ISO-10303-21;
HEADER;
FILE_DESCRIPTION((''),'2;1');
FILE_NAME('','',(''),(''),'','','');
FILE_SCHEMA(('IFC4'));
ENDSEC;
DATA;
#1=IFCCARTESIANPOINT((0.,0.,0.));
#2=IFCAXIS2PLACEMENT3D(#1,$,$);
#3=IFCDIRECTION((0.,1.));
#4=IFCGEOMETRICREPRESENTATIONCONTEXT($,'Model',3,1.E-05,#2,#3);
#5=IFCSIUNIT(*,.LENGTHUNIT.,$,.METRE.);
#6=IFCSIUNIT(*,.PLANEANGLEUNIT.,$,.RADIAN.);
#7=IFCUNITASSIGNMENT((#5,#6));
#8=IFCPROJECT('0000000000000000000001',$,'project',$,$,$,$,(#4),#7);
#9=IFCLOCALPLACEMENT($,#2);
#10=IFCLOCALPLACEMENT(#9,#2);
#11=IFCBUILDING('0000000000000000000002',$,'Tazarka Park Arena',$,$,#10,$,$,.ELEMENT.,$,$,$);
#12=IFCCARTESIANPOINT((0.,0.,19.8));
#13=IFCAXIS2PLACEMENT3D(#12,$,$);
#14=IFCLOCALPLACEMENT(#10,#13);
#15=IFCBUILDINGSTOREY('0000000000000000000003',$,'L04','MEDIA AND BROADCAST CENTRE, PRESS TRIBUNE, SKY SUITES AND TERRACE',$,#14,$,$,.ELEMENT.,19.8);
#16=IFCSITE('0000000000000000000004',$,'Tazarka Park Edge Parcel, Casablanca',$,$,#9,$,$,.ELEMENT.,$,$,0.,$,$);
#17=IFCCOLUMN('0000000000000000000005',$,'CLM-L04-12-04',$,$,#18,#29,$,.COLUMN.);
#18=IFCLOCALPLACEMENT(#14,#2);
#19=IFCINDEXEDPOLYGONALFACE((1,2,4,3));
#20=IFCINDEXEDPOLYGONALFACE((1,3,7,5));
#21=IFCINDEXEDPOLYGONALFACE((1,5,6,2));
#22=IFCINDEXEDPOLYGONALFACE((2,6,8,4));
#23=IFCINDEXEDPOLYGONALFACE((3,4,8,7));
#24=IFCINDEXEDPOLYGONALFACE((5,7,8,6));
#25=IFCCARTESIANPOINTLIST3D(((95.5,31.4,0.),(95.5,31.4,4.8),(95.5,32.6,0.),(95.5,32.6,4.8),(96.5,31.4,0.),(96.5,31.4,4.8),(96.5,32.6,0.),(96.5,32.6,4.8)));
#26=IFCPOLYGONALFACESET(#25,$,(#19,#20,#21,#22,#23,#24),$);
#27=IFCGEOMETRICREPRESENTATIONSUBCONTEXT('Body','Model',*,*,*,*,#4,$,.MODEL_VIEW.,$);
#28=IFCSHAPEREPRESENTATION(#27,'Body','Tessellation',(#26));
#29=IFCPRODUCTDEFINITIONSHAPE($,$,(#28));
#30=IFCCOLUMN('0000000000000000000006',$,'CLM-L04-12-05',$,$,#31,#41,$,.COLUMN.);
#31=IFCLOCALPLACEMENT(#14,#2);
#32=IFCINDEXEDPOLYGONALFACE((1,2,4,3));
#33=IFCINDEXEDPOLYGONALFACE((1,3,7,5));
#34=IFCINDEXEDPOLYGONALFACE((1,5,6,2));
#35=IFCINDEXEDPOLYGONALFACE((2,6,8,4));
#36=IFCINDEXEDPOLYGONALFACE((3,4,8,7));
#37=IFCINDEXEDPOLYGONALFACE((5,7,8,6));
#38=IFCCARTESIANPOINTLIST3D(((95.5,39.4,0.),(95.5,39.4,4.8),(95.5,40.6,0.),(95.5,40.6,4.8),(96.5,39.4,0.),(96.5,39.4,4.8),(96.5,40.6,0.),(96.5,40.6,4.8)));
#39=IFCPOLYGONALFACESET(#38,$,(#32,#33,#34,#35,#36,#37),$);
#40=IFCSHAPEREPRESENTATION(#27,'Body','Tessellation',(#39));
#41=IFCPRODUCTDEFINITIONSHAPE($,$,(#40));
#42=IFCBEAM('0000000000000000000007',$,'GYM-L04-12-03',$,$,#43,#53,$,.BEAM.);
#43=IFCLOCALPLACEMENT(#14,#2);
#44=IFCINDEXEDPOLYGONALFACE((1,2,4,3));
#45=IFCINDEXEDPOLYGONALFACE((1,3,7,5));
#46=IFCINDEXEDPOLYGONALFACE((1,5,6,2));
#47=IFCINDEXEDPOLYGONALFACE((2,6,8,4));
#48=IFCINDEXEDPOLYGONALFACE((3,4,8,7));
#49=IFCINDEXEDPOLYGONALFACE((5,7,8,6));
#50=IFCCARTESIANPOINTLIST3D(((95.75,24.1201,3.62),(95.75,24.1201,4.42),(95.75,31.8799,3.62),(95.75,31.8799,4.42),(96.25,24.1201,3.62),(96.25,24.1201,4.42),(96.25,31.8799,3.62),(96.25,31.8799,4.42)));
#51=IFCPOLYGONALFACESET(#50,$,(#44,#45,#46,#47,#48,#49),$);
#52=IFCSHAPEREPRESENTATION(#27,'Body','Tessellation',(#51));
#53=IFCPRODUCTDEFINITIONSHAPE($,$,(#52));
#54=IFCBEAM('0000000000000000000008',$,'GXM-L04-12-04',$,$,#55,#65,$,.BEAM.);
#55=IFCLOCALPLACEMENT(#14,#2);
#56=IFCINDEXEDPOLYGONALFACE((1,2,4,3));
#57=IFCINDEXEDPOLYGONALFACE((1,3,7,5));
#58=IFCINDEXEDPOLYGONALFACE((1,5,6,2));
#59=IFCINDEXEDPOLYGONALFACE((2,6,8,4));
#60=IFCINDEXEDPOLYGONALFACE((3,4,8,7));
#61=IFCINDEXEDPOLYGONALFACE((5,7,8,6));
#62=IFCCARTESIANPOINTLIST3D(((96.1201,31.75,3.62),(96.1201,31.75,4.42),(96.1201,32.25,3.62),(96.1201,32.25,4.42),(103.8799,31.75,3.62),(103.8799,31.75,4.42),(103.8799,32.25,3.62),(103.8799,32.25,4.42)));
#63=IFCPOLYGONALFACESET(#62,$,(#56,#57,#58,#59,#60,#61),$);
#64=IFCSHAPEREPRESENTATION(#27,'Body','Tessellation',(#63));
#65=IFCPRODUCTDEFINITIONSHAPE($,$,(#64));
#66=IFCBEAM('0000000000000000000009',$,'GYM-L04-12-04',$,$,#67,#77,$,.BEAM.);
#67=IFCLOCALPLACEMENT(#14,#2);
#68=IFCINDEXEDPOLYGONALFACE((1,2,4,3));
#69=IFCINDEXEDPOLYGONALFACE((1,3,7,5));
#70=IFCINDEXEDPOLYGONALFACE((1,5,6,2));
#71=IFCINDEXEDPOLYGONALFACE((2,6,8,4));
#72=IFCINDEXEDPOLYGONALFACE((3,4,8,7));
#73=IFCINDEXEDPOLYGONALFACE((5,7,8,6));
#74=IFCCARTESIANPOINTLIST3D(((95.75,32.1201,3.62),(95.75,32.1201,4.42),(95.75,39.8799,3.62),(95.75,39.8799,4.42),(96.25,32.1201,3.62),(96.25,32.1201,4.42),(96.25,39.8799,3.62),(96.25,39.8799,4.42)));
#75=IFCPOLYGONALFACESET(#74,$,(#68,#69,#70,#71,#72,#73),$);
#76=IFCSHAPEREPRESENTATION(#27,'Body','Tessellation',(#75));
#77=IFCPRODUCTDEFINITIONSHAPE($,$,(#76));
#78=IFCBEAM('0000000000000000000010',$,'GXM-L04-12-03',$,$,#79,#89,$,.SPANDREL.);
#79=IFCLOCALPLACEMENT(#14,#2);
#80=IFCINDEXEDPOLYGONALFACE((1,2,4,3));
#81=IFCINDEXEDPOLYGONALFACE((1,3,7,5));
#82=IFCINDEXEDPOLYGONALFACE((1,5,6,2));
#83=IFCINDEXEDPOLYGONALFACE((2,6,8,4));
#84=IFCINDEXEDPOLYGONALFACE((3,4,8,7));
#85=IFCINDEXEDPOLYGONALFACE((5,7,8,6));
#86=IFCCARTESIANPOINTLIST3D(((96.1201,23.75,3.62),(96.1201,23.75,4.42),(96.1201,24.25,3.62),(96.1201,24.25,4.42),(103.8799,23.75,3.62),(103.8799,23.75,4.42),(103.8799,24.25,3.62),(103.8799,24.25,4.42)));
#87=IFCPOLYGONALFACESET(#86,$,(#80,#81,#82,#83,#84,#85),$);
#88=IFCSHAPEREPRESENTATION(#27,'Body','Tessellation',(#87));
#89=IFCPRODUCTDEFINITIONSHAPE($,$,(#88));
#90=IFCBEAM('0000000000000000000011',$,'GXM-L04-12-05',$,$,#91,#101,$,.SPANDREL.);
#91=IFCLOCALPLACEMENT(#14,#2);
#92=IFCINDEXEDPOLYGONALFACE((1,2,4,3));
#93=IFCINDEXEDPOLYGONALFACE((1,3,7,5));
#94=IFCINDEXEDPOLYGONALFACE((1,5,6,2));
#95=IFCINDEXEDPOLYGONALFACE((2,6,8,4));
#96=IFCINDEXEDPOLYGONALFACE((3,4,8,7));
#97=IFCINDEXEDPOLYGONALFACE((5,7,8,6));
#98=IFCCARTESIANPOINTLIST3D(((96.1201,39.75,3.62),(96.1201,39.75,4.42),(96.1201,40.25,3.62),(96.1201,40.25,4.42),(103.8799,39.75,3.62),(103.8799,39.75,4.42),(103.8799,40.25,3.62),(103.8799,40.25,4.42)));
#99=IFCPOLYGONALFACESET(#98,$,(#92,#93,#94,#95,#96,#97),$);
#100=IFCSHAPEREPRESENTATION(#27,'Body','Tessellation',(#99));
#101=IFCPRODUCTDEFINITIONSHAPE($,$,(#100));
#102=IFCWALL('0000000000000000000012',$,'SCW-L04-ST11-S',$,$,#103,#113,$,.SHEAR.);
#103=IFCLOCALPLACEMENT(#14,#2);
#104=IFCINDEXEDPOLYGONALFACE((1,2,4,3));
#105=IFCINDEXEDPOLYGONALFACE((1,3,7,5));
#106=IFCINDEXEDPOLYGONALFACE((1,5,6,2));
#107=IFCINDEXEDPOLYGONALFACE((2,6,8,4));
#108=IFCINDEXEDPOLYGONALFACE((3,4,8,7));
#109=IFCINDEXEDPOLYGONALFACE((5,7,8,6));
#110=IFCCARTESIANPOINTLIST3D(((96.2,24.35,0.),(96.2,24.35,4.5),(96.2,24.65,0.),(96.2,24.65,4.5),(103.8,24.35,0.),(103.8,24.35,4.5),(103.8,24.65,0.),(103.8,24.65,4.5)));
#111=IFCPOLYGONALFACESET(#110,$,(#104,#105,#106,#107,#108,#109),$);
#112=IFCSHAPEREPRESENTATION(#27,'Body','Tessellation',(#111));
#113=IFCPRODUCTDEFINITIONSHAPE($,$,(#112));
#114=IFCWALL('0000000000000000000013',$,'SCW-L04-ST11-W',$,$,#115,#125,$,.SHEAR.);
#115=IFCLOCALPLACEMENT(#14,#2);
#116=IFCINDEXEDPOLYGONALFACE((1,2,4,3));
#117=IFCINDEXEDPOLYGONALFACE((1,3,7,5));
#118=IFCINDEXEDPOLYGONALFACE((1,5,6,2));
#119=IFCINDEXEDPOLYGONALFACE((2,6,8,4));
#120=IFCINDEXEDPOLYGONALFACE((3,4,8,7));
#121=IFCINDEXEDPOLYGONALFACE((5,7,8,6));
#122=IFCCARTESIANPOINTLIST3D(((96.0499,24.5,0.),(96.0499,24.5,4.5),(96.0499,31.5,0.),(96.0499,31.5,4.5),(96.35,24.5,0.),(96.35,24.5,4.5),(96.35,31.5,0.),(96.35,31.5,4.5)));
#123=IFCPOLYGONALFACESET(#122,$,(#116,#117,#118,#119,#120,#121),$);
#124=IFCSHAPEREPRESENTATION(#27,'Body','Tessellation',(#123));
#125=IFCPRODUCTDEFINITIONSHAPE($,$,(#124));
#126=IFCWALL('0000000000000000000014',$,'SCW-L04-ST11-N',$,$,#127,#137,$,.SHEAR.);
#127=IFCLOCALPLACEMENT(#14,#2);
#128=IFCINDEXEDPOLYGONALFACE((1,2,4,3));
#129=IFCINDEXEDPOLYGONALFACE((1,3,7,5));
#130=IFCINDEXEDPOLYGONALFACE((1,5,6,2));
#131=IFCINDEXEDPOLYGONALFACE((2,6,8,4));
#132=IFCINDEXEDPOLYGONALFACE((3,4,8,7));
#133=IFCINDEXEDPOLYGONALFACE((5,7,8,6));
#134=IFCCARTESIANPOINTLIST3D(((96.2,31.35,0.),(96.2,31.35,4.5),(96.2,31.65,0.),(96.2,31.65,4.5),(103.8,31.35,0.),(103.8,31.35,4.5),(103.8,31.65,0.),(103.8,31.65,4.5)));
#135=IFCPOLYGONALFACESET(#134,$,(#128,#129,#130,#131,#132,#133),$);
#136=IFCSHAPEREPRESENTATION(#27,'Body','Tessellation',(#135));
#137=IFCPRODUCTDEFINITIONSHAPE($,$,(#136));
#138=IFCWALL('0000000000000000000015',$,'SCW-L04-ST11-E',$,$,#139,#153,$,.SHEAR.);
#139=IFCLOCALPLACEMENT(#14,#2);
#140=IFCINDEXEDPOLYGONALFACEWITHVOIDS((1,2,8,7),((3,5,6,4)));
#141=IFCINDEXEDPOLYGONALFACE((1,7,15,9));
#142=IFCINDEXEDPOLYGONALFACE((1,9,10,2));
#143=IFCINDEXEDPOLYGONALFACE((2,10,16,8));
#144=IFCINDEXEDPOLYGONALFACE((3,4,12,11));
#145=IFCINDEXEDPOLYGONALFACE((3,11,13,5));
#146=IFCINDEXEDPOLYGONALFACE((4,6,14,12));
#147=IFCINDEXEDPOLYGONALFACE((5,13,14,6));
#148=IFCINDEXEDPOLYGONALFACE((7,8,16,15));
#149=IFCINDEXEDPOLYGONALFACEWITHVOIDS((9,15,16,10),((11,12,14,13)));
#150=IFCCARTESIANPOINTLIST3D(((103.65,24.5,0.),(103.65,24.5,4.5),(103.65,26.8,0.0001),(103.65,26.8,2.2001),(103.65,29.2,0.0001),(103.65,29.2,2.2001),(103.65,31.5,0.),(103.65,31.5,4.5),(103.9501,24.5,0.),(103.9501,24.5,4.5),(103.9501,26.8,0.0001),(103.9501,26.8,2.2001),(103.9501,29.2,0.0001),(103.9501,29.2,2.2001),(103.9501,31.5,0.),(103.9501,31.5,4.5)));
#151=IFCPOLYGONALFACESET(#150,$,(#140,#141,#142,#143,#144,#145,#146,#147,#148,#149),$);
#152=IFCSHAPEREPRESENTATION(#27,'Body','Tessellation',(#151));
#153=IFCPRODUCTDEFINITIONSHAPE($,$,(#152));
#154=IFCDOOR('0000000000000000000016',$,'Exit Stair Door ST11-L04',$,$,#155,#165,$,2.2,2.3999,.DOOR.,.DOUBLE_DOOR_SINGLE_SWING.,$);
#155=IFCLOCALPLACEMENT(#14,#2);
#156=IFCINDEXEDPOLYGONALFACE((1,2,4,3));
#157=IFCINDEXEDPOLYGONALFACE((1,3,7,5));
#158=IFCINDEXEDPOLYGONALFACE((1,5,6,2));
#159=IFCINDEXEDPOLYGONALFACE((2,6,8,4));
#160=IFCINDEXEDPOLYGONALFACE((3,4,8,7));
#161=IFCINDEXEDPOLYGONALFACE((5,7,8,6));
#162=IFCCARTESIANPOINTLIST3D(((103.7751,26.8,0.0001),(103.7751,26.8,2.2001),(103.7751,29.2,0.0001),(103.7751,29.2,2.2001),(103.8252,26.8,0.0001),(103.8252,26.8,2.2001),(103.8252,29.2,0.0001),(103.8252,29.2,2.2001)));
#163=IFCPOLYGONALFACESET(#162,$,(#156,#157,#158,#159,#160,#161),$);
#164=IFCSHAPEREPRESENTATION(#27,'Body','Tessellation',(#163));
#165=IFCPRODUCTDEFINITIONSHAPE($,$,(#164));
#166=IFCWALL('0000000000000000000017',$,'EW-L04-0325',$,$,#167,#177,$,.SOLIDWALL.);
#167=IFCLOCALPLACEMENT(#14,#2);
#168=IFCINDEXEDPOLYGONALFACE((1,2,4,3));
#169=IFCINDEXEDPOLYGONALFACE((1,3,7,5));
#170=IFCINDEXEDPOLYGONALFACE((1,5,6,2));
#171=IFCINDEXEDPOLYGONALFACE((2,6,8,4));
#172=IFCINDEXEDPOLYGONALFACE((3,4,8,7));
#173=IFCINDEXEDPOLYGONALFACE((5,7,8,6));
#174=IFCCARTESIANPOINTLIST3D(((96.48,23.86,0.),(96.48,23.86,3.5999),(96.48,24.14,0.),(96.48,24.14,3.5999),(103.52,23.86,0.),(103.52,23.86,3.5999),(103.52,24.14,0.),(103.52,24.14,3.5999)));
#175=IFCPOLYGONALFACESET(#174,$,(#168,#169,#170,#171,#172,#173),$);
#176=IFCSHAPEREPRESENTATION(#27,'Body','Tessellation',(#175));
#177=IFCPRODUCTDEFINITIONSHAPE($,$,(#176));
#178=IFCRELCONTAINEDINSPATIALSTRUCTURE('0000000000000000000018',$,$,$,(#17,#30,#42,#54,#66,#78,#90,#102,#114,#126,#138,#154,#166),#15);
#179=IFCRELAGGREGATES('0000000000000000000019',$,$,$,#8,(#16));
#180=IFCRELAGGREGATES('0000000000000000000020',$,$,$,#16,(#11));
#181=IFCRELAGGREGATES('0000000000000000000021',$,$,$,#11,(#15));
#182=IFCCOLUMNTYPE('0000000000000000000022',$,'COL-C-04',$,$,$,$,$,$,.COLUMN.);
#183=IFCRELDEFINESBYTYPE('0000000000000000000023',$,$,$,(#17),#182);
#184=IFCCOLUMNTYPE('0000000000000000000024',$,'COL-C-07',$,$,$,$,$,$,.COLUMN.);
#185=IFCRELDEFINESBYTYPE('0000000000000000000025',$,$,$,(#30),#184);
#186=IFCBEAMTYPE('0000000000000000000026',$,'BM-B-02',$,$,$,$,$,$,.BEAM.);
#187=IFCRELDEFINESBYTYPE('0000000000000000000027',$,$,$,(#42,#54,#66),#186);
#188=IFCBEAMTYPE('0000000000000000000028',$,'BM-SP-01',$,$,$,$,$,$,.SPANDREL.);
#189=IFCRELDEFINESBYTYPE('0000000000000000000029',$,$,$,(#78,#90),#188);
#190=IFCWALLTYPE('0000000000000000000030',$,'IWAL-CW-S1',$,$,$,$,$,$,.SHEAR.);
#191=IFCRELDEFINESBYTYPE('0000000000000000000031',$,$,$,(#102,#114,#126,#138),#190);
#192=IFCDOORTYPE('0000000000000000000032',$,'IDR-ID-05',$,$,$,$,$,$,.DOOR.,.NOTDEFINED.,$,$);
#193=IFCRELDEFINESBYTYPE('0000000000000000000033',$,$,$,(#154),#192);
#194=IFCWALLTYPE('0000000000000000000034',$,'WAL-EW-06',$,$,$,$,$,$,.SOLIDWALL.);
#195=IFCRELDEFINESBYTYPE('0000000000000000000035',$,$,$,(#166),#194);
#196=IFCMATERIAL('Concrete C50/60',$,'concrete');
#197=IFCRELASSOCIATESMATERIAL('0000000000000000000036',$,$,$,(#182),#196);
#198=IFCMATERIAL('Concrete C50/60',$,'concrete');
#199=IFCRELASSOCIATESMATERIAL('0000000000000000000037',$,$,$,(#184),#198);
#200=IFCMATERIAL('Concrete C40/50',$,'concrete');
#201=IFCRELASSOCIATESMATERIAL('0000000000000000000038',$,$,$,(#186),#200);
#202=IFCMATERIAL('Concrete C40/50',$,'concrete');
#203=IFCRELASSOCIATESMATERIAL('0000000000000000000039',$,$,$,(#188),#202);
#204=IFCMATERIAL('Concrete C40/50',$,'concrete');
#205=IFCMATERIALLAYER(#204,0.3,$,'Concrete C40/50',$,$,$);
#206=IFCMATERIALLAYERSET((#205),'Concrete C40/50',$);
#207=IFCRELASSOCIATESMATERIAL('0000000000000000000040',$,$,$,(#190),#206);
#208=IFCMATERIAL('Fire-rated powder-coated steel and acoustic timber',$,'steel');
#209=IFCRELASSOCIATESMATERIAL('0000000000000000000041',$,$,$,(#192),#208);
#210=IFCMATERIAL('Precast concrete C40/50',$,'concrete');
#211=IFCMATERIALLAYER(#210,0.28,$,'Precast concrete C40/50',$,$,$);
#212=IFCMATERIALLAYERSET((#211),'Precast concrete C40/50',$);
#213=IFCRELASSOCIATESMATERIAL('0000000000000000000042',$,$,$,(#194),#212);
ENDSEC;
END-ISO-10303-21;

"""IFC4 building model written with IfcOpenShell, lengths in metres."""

from ifc_helpers import new_model, si_unit, direction, frame, frame_2d, origin, origin_2d, place, context, subcontext, project, spatial, rectangle, extrude, material, layer, layer_set, material_profile, profile_set, type_object, element, fill, save


model = new_model("IFC4")

# Units and contexts
model_context = context("Model", 3, precision=1e-05, world=origin(), true_north=direction((0.0, 1.0)))
body_context = subcontext(model_context, "Body", "Model", "MODEL_VIEW")
ifc_project = project(units=[si_unit("LENGTHUNIT", "METRE"), si_unit("PLANEANGLEUNIT", "RADIAN")], contexts=[model_context])

# Site, building, storey
site_placement = place(None, origin())
site = spatial("IfcSite", under=ifc_project, at=site_placement, Name="Tazarka Park Edge Parcel, Casablanca", CompositionType="ELEMENT", RefElevation=0.0)
building_placement = place(site_placement, origin())
building = spatial("IfcBuilding", under=site, at=building_placement, Name="Tazarka Park Arena", CompositionType="ELEMENT")
storey_placement = place(building_placement, frame((0.0, 0.0, 19.8)))
storey = spatial("IfcBuildingStorey", under=building, at=storey_placement, Name="L04", Description="MEDIA AND BROADCAST CENTRE, PRESS TRIBUNE, SKY SUITES AND TERRACE", CompositionType="ELEMENT", Elevation=19.8)

# Columns
ifc_material_1 = material(Name="Concrete C50/60", Category="concrete")
ifc_material_profile_1 = material_profile(ifc_material_1, rectangle(XDim=1.0, YDim=1.2, at=origin_2d()), Name="Concrete C50/60")
ifc_profile_set_1 = profile_set([ifc_material_profile_1], Name="Concrete C50/60")
column_type_1 = type_object("IfcColumnType", Name="COL-C-04", PredefinedType="COLUMN", material=ifc_profile_set_1)
column_1_placement = place(storey_placement, frame((96.0, 32.0, 0.0), z_axis=(0.0, 0.0, 1.0), x_axis=(1.0, 0.0, 0.0)))
element("IfcColumn", 1, at=column_1_placement, inside=storey, type_object=column_type_1, Name="CLM-L04-12-04", PredefinedType="COLUMN", context=body_context, shape_type="SweptSolid", body=[
    extrude(rectangle(XDim=1.0, YDim=1.2, at=origin_2d()), origin(), (0.0, 0.0, 1.0), 4.8),
])
ifc_material_2 = material(Name="Concrete C50/60", Category="concrete")
ifc_material_profile_2 = material_profile(ifc_material_2, rectangle(XDim=1.0, YDim=1.2, at=origin_2d()), Name="Concrete C50/60")
ifc_profile_set_2 = profile_set([ifc_material_profile_2], Name="Concrete C50/60")
column_type_2 = type_object("IfcColumnType", Name="COL-C-07", PredefinedType="COLUMN", material=ifc_profile_set_2)
column_2_placement = place(storey_placement, frame((96.0, 40.0, 0.0), z_axis=(0.0, 0.0, 1.0), x_axis=(1.0, 0.0, 0.0)))
element("IfcColumn", 2, at=column_2_placement, inside=storey, type_object=column_type_2, Name="CLM-L04-12-05", PredefinedType="COLUMN", context=body_context, shape_type="SweptSolid", body=[
    extrude(rectangle(XDim=1.0, YDim=1.2, at=origin_2d()), origin(), (0.0, 0.0, 1.0), 4.8),
])

# Beams
ifc_material_3 = material(Name="Concrete C40/50", Category="concrete")
ifc_material_profile_3 = material_profile(ifc_material_3, rectangle(XDim=0.5, YDim=0.8, at=origin_2d()), Name="Concrete C40/50")
ifc_profile_set_3 = profile_set([ifc_material_profile_3], Name="Concrete C40/50")
beam_type_1 = type_object("IfcBeamType", Name="BM-B-02", PredefinedType="BEAM", material=ifc_profile_set_3)
for number, where, z_axis, x_axis, name in (
    (3, (96.0, 24.1201, 4.02), (0.0, 1.0, 0.0), (-1.0, 0.0, 0.0), "GYM-L04-12-03"),
    (4, (96.1201, 32.0, 4.02), (1.0, 0.0, 0.0), (0.0, 1.0, 0.0), "GXM-L04-12-04"),
    (5, (96.0, 32.1201, 4.02), (0.0, 1.0, 0.0), (-1.0, 0.0, 0.0), "GYM-L04-12-04"),
):
    element("IfcBeam", number, at=place(storey_placement, frame(where, z_axis=z_axis, x_axis=x_axis)), inside=storey, type_object=beam_type_1, Name=name, PredefinedType="BEAM", context=body_context, shape_type="SweptSolid", body=[
        extrude(rectangle(XDim=0.5, YDim=0.8, at=origin_2d()), origin(), (0.0, 0.0, 1.0), 7.7598),
    ])
ifc_material_4 = material(Name="Concrete C40/50", Category="concrete")
ifc_material_profile_4 = material_profile(ifc_material_4, rectangle(XDim=0.5, YDim=0.8, at=origin_2d()), Name="Concrete C40/50")
ifc_profile_set_4 = profile_set([ifc_material_profile_4], Name="Concrete C40/50")
beam_type_2 = type_object("IfcBeamType", Name="BM-SP-01", PredefinedType="SPANDREL", material=ifc_profile_set_4)
for number, where, z_axis, x_axis, name in (
    (6, (96.1201, 24.0, 4.02), (1.0, 0.0, 0.0), (0.0, 1.0, 0.0), "GXM-L04-12-03"),
    (7, (96.1201, 40.0, 4.02), (1.0, 0.0, 0.0), (0.0, 1.0, 0.0), "GXM-L04-12-05"),
):
    element("IfcBeam", number, at=place(storey_placement, frame(where, z_axis=z_axis, x_axis=x_axis)), inside=storey, type_object=beam_type_2, Name=name, PredefinedType="SPANDREL", context=body_context, shape_type="SweptSolid", body=[
        extrude(rectangle(XDim=0.5, YDim=0.8, at=origin_2d()), origin(), (0.0, 0.0, 1.0), 7.7598),
    ])

# Walls
ifc_material_5 = material(Name="Concrete C40/50", Category="concrete")
ifc_layer_1 = layer(ifc_material_5, 0.3, Name="Concrete C40/50")
ifc_layer_set_1 = layer_set([ifc_layer_1], Name="Concrete C40/50")
wall_type_1 = type_object("IfcWallType", Name="IWAL-CW-S1", PredefinedType="SHEAR", material=ifc_layer_set_1)
wall_1_placement = place(storey_placement, frame((103.8, 24.5, 0.0), z_axis=(0.0, 0.0, 1.0), x_axis=(-1.0, 0.0, 0.0)))
element("IfcWall", 8, at=wall_1_placement, inside=storey, type_object=wall_type_1, Name="SCW-L04-ST11-S", PredefinedType="SHEAR", context=body_context, shape_type="SweptSolid", body=[
    extrude(rectangle(XDim=7.6001, YDim=0.3, at=frame_2d((3.8, 0.0))), origin(), (0.0, 0.0, 1.0), 4.5),
])
wall_2_placement = place(storey_placement, frame((96.2, 24.5, 0.0), z_axis=(0.0, 0.0, 1.0), x_axis=(0.0, 1.0, 0.0)))
element("IfcWall", 9, at=wall_2_placement, inside=storey, type_object=wall_type_1, Name="SCW-L04-ST11-W", PredefinedType="SHEAR", context=body_context, shape_type="SweptSolid", body=[
    extrude(rectangle(XDim=7.0, YDim=0.3, at=frame_2d((3.5, 0.0))), origin(), (0.0, 0.0, 1.0), 4.5),
])
wall_3_placement = place(storey_placement, frame((96.2, 31.5, 0.0), z_axis=(0.0, 0.0, 1.0), x_axis=(1.0, 0.0, 0.0)))
element("IfcWall", 10, at=wall_3_placement, inside=storey, type_object=wall_type_1, Name="SCW-L04-ST11-N", PredefinedType="SHEAR", context=body_context, shape_type="SweptSolid", body=[
    extrude(rectangle(XDim=7.6001, YDim=0.3, at=frame_2d((3.8, 0.0))), origin(), (0.0, 0.0, 1.0), 4.5),
])

# Wall, opening, door
wall_4_placement = place(storey_placement, frame((103.8, 31.5, 0.0), z_axis=(0.0, 0.0, 1.0), x_axis=(0.0, -1.0, 0.0)))
wall_4 = element("IfcWall", 11, at=wall_4_placement, inside=storey, type_object=wall_type_1, Name="SCW-L04-ST11-E", PredefinedType="SHEAR", context=body_context, shape_type="SweptSolid", body=[
    extrude(rectangle(XDim=7.0, YDim=0.3, at=frame_2d((3.5, 0.0))), origin(), (0.0, 0.0, 1.0), 4.5),
])
opening_placement = place(wall_4_placement, frame((2.3, 0.0, 0.0)))
opening = element("IfcOpeningElement", 12, at=opening_placement, cuts=wall_4, PredefinedType="OPENING", context=body_context, shape_type="SweptSolid", body=[
    extrude(rectangle(XDim=2.3999, YDim=2.2, at=frame_2d((1.2, 1.1001))), frame((0.0, 0.1602, 0.0), z_axis=(0.0, -1.0, 0.0), x_axis=(1.0, 0.0, 0.0)), (0.0, 0.0, 1.0), 0.3201),
])
ifc_material_6 = material(Name="Fire-rated powder-coated steel and acoustic timber", Category="steel")
door_type = type_object("IfcDoorType", Name="IDR-ID-05", OperationType="NOTDEFINED", PredefinedType="DOOR", material=ifc_material_6)
door_placement = place(opening_placement, frame((2.3999, 0.0, 0.0), z_axis=(0.0, 0.0, 1.0), x_axis=(-1.0, 0.0, 0.0)))
door = element("IfcDoor", 13, at=door_placement, inside=storey, type_object=door_type, Name="Exit Stair Door ST11-L04", OperationType="DOUBLE_DOOR_SINGLE_SWING", OverallHeight=2.2, OverallWidth=2.3999, PredefinedType="DOOR", context=body_context, shape_type="SweptSolid", body=[
    extrude(rectangle(XDim=2.3999, YDim=2.2, at=frame_2d((1.2, 1.1001))), frame((0.0, 0.0249, 0.0), z_axis=(0.0, -1.0, 0.0), x_axis=(1.0, 0.0, 0.0)), (0.0, 0.0, 1.0), 0.05),
])
fill(opening, door)

# Wall
ifc_material_7 = material(Name="Precast concrete C40/50", Category="concrete")
ifc_layer_2 = layer(ifc_material_7, 0.28, Name="Precast concrete C40/50")
ifc_layer_set_2 = layer_set([ifc_layer_2], Name="Precast concrete C40/50")
wall_type_2 = type_object("IfcWallType", Name="WAL-EW-06", PredefinedType="SOLIDWALL", material=ifc_layer_set_2)
wall_5_placement = place(storey_placement, frame((103.52, 24.0, 0.0), z_axis=(0.0, 0.0, 1.0), x_axis=(-1.0, 0.0, 0.0)))
element("IfcWall", 14, at=wall_5_placement, inside=storey, type_object=wall_type_2, Name="EW-L04-0325", PredefinedType="SOLIDWALL", context=body_context, shape_type="SweptSolid", body=[
    extrude(rectangle(XDim=7.04, YDim=0.28, at=frame_2d((3.52, 0.0))), origin(), (0.0, 0.0, 1.0), 3.5999),
])

save(model, "model.ifc")
